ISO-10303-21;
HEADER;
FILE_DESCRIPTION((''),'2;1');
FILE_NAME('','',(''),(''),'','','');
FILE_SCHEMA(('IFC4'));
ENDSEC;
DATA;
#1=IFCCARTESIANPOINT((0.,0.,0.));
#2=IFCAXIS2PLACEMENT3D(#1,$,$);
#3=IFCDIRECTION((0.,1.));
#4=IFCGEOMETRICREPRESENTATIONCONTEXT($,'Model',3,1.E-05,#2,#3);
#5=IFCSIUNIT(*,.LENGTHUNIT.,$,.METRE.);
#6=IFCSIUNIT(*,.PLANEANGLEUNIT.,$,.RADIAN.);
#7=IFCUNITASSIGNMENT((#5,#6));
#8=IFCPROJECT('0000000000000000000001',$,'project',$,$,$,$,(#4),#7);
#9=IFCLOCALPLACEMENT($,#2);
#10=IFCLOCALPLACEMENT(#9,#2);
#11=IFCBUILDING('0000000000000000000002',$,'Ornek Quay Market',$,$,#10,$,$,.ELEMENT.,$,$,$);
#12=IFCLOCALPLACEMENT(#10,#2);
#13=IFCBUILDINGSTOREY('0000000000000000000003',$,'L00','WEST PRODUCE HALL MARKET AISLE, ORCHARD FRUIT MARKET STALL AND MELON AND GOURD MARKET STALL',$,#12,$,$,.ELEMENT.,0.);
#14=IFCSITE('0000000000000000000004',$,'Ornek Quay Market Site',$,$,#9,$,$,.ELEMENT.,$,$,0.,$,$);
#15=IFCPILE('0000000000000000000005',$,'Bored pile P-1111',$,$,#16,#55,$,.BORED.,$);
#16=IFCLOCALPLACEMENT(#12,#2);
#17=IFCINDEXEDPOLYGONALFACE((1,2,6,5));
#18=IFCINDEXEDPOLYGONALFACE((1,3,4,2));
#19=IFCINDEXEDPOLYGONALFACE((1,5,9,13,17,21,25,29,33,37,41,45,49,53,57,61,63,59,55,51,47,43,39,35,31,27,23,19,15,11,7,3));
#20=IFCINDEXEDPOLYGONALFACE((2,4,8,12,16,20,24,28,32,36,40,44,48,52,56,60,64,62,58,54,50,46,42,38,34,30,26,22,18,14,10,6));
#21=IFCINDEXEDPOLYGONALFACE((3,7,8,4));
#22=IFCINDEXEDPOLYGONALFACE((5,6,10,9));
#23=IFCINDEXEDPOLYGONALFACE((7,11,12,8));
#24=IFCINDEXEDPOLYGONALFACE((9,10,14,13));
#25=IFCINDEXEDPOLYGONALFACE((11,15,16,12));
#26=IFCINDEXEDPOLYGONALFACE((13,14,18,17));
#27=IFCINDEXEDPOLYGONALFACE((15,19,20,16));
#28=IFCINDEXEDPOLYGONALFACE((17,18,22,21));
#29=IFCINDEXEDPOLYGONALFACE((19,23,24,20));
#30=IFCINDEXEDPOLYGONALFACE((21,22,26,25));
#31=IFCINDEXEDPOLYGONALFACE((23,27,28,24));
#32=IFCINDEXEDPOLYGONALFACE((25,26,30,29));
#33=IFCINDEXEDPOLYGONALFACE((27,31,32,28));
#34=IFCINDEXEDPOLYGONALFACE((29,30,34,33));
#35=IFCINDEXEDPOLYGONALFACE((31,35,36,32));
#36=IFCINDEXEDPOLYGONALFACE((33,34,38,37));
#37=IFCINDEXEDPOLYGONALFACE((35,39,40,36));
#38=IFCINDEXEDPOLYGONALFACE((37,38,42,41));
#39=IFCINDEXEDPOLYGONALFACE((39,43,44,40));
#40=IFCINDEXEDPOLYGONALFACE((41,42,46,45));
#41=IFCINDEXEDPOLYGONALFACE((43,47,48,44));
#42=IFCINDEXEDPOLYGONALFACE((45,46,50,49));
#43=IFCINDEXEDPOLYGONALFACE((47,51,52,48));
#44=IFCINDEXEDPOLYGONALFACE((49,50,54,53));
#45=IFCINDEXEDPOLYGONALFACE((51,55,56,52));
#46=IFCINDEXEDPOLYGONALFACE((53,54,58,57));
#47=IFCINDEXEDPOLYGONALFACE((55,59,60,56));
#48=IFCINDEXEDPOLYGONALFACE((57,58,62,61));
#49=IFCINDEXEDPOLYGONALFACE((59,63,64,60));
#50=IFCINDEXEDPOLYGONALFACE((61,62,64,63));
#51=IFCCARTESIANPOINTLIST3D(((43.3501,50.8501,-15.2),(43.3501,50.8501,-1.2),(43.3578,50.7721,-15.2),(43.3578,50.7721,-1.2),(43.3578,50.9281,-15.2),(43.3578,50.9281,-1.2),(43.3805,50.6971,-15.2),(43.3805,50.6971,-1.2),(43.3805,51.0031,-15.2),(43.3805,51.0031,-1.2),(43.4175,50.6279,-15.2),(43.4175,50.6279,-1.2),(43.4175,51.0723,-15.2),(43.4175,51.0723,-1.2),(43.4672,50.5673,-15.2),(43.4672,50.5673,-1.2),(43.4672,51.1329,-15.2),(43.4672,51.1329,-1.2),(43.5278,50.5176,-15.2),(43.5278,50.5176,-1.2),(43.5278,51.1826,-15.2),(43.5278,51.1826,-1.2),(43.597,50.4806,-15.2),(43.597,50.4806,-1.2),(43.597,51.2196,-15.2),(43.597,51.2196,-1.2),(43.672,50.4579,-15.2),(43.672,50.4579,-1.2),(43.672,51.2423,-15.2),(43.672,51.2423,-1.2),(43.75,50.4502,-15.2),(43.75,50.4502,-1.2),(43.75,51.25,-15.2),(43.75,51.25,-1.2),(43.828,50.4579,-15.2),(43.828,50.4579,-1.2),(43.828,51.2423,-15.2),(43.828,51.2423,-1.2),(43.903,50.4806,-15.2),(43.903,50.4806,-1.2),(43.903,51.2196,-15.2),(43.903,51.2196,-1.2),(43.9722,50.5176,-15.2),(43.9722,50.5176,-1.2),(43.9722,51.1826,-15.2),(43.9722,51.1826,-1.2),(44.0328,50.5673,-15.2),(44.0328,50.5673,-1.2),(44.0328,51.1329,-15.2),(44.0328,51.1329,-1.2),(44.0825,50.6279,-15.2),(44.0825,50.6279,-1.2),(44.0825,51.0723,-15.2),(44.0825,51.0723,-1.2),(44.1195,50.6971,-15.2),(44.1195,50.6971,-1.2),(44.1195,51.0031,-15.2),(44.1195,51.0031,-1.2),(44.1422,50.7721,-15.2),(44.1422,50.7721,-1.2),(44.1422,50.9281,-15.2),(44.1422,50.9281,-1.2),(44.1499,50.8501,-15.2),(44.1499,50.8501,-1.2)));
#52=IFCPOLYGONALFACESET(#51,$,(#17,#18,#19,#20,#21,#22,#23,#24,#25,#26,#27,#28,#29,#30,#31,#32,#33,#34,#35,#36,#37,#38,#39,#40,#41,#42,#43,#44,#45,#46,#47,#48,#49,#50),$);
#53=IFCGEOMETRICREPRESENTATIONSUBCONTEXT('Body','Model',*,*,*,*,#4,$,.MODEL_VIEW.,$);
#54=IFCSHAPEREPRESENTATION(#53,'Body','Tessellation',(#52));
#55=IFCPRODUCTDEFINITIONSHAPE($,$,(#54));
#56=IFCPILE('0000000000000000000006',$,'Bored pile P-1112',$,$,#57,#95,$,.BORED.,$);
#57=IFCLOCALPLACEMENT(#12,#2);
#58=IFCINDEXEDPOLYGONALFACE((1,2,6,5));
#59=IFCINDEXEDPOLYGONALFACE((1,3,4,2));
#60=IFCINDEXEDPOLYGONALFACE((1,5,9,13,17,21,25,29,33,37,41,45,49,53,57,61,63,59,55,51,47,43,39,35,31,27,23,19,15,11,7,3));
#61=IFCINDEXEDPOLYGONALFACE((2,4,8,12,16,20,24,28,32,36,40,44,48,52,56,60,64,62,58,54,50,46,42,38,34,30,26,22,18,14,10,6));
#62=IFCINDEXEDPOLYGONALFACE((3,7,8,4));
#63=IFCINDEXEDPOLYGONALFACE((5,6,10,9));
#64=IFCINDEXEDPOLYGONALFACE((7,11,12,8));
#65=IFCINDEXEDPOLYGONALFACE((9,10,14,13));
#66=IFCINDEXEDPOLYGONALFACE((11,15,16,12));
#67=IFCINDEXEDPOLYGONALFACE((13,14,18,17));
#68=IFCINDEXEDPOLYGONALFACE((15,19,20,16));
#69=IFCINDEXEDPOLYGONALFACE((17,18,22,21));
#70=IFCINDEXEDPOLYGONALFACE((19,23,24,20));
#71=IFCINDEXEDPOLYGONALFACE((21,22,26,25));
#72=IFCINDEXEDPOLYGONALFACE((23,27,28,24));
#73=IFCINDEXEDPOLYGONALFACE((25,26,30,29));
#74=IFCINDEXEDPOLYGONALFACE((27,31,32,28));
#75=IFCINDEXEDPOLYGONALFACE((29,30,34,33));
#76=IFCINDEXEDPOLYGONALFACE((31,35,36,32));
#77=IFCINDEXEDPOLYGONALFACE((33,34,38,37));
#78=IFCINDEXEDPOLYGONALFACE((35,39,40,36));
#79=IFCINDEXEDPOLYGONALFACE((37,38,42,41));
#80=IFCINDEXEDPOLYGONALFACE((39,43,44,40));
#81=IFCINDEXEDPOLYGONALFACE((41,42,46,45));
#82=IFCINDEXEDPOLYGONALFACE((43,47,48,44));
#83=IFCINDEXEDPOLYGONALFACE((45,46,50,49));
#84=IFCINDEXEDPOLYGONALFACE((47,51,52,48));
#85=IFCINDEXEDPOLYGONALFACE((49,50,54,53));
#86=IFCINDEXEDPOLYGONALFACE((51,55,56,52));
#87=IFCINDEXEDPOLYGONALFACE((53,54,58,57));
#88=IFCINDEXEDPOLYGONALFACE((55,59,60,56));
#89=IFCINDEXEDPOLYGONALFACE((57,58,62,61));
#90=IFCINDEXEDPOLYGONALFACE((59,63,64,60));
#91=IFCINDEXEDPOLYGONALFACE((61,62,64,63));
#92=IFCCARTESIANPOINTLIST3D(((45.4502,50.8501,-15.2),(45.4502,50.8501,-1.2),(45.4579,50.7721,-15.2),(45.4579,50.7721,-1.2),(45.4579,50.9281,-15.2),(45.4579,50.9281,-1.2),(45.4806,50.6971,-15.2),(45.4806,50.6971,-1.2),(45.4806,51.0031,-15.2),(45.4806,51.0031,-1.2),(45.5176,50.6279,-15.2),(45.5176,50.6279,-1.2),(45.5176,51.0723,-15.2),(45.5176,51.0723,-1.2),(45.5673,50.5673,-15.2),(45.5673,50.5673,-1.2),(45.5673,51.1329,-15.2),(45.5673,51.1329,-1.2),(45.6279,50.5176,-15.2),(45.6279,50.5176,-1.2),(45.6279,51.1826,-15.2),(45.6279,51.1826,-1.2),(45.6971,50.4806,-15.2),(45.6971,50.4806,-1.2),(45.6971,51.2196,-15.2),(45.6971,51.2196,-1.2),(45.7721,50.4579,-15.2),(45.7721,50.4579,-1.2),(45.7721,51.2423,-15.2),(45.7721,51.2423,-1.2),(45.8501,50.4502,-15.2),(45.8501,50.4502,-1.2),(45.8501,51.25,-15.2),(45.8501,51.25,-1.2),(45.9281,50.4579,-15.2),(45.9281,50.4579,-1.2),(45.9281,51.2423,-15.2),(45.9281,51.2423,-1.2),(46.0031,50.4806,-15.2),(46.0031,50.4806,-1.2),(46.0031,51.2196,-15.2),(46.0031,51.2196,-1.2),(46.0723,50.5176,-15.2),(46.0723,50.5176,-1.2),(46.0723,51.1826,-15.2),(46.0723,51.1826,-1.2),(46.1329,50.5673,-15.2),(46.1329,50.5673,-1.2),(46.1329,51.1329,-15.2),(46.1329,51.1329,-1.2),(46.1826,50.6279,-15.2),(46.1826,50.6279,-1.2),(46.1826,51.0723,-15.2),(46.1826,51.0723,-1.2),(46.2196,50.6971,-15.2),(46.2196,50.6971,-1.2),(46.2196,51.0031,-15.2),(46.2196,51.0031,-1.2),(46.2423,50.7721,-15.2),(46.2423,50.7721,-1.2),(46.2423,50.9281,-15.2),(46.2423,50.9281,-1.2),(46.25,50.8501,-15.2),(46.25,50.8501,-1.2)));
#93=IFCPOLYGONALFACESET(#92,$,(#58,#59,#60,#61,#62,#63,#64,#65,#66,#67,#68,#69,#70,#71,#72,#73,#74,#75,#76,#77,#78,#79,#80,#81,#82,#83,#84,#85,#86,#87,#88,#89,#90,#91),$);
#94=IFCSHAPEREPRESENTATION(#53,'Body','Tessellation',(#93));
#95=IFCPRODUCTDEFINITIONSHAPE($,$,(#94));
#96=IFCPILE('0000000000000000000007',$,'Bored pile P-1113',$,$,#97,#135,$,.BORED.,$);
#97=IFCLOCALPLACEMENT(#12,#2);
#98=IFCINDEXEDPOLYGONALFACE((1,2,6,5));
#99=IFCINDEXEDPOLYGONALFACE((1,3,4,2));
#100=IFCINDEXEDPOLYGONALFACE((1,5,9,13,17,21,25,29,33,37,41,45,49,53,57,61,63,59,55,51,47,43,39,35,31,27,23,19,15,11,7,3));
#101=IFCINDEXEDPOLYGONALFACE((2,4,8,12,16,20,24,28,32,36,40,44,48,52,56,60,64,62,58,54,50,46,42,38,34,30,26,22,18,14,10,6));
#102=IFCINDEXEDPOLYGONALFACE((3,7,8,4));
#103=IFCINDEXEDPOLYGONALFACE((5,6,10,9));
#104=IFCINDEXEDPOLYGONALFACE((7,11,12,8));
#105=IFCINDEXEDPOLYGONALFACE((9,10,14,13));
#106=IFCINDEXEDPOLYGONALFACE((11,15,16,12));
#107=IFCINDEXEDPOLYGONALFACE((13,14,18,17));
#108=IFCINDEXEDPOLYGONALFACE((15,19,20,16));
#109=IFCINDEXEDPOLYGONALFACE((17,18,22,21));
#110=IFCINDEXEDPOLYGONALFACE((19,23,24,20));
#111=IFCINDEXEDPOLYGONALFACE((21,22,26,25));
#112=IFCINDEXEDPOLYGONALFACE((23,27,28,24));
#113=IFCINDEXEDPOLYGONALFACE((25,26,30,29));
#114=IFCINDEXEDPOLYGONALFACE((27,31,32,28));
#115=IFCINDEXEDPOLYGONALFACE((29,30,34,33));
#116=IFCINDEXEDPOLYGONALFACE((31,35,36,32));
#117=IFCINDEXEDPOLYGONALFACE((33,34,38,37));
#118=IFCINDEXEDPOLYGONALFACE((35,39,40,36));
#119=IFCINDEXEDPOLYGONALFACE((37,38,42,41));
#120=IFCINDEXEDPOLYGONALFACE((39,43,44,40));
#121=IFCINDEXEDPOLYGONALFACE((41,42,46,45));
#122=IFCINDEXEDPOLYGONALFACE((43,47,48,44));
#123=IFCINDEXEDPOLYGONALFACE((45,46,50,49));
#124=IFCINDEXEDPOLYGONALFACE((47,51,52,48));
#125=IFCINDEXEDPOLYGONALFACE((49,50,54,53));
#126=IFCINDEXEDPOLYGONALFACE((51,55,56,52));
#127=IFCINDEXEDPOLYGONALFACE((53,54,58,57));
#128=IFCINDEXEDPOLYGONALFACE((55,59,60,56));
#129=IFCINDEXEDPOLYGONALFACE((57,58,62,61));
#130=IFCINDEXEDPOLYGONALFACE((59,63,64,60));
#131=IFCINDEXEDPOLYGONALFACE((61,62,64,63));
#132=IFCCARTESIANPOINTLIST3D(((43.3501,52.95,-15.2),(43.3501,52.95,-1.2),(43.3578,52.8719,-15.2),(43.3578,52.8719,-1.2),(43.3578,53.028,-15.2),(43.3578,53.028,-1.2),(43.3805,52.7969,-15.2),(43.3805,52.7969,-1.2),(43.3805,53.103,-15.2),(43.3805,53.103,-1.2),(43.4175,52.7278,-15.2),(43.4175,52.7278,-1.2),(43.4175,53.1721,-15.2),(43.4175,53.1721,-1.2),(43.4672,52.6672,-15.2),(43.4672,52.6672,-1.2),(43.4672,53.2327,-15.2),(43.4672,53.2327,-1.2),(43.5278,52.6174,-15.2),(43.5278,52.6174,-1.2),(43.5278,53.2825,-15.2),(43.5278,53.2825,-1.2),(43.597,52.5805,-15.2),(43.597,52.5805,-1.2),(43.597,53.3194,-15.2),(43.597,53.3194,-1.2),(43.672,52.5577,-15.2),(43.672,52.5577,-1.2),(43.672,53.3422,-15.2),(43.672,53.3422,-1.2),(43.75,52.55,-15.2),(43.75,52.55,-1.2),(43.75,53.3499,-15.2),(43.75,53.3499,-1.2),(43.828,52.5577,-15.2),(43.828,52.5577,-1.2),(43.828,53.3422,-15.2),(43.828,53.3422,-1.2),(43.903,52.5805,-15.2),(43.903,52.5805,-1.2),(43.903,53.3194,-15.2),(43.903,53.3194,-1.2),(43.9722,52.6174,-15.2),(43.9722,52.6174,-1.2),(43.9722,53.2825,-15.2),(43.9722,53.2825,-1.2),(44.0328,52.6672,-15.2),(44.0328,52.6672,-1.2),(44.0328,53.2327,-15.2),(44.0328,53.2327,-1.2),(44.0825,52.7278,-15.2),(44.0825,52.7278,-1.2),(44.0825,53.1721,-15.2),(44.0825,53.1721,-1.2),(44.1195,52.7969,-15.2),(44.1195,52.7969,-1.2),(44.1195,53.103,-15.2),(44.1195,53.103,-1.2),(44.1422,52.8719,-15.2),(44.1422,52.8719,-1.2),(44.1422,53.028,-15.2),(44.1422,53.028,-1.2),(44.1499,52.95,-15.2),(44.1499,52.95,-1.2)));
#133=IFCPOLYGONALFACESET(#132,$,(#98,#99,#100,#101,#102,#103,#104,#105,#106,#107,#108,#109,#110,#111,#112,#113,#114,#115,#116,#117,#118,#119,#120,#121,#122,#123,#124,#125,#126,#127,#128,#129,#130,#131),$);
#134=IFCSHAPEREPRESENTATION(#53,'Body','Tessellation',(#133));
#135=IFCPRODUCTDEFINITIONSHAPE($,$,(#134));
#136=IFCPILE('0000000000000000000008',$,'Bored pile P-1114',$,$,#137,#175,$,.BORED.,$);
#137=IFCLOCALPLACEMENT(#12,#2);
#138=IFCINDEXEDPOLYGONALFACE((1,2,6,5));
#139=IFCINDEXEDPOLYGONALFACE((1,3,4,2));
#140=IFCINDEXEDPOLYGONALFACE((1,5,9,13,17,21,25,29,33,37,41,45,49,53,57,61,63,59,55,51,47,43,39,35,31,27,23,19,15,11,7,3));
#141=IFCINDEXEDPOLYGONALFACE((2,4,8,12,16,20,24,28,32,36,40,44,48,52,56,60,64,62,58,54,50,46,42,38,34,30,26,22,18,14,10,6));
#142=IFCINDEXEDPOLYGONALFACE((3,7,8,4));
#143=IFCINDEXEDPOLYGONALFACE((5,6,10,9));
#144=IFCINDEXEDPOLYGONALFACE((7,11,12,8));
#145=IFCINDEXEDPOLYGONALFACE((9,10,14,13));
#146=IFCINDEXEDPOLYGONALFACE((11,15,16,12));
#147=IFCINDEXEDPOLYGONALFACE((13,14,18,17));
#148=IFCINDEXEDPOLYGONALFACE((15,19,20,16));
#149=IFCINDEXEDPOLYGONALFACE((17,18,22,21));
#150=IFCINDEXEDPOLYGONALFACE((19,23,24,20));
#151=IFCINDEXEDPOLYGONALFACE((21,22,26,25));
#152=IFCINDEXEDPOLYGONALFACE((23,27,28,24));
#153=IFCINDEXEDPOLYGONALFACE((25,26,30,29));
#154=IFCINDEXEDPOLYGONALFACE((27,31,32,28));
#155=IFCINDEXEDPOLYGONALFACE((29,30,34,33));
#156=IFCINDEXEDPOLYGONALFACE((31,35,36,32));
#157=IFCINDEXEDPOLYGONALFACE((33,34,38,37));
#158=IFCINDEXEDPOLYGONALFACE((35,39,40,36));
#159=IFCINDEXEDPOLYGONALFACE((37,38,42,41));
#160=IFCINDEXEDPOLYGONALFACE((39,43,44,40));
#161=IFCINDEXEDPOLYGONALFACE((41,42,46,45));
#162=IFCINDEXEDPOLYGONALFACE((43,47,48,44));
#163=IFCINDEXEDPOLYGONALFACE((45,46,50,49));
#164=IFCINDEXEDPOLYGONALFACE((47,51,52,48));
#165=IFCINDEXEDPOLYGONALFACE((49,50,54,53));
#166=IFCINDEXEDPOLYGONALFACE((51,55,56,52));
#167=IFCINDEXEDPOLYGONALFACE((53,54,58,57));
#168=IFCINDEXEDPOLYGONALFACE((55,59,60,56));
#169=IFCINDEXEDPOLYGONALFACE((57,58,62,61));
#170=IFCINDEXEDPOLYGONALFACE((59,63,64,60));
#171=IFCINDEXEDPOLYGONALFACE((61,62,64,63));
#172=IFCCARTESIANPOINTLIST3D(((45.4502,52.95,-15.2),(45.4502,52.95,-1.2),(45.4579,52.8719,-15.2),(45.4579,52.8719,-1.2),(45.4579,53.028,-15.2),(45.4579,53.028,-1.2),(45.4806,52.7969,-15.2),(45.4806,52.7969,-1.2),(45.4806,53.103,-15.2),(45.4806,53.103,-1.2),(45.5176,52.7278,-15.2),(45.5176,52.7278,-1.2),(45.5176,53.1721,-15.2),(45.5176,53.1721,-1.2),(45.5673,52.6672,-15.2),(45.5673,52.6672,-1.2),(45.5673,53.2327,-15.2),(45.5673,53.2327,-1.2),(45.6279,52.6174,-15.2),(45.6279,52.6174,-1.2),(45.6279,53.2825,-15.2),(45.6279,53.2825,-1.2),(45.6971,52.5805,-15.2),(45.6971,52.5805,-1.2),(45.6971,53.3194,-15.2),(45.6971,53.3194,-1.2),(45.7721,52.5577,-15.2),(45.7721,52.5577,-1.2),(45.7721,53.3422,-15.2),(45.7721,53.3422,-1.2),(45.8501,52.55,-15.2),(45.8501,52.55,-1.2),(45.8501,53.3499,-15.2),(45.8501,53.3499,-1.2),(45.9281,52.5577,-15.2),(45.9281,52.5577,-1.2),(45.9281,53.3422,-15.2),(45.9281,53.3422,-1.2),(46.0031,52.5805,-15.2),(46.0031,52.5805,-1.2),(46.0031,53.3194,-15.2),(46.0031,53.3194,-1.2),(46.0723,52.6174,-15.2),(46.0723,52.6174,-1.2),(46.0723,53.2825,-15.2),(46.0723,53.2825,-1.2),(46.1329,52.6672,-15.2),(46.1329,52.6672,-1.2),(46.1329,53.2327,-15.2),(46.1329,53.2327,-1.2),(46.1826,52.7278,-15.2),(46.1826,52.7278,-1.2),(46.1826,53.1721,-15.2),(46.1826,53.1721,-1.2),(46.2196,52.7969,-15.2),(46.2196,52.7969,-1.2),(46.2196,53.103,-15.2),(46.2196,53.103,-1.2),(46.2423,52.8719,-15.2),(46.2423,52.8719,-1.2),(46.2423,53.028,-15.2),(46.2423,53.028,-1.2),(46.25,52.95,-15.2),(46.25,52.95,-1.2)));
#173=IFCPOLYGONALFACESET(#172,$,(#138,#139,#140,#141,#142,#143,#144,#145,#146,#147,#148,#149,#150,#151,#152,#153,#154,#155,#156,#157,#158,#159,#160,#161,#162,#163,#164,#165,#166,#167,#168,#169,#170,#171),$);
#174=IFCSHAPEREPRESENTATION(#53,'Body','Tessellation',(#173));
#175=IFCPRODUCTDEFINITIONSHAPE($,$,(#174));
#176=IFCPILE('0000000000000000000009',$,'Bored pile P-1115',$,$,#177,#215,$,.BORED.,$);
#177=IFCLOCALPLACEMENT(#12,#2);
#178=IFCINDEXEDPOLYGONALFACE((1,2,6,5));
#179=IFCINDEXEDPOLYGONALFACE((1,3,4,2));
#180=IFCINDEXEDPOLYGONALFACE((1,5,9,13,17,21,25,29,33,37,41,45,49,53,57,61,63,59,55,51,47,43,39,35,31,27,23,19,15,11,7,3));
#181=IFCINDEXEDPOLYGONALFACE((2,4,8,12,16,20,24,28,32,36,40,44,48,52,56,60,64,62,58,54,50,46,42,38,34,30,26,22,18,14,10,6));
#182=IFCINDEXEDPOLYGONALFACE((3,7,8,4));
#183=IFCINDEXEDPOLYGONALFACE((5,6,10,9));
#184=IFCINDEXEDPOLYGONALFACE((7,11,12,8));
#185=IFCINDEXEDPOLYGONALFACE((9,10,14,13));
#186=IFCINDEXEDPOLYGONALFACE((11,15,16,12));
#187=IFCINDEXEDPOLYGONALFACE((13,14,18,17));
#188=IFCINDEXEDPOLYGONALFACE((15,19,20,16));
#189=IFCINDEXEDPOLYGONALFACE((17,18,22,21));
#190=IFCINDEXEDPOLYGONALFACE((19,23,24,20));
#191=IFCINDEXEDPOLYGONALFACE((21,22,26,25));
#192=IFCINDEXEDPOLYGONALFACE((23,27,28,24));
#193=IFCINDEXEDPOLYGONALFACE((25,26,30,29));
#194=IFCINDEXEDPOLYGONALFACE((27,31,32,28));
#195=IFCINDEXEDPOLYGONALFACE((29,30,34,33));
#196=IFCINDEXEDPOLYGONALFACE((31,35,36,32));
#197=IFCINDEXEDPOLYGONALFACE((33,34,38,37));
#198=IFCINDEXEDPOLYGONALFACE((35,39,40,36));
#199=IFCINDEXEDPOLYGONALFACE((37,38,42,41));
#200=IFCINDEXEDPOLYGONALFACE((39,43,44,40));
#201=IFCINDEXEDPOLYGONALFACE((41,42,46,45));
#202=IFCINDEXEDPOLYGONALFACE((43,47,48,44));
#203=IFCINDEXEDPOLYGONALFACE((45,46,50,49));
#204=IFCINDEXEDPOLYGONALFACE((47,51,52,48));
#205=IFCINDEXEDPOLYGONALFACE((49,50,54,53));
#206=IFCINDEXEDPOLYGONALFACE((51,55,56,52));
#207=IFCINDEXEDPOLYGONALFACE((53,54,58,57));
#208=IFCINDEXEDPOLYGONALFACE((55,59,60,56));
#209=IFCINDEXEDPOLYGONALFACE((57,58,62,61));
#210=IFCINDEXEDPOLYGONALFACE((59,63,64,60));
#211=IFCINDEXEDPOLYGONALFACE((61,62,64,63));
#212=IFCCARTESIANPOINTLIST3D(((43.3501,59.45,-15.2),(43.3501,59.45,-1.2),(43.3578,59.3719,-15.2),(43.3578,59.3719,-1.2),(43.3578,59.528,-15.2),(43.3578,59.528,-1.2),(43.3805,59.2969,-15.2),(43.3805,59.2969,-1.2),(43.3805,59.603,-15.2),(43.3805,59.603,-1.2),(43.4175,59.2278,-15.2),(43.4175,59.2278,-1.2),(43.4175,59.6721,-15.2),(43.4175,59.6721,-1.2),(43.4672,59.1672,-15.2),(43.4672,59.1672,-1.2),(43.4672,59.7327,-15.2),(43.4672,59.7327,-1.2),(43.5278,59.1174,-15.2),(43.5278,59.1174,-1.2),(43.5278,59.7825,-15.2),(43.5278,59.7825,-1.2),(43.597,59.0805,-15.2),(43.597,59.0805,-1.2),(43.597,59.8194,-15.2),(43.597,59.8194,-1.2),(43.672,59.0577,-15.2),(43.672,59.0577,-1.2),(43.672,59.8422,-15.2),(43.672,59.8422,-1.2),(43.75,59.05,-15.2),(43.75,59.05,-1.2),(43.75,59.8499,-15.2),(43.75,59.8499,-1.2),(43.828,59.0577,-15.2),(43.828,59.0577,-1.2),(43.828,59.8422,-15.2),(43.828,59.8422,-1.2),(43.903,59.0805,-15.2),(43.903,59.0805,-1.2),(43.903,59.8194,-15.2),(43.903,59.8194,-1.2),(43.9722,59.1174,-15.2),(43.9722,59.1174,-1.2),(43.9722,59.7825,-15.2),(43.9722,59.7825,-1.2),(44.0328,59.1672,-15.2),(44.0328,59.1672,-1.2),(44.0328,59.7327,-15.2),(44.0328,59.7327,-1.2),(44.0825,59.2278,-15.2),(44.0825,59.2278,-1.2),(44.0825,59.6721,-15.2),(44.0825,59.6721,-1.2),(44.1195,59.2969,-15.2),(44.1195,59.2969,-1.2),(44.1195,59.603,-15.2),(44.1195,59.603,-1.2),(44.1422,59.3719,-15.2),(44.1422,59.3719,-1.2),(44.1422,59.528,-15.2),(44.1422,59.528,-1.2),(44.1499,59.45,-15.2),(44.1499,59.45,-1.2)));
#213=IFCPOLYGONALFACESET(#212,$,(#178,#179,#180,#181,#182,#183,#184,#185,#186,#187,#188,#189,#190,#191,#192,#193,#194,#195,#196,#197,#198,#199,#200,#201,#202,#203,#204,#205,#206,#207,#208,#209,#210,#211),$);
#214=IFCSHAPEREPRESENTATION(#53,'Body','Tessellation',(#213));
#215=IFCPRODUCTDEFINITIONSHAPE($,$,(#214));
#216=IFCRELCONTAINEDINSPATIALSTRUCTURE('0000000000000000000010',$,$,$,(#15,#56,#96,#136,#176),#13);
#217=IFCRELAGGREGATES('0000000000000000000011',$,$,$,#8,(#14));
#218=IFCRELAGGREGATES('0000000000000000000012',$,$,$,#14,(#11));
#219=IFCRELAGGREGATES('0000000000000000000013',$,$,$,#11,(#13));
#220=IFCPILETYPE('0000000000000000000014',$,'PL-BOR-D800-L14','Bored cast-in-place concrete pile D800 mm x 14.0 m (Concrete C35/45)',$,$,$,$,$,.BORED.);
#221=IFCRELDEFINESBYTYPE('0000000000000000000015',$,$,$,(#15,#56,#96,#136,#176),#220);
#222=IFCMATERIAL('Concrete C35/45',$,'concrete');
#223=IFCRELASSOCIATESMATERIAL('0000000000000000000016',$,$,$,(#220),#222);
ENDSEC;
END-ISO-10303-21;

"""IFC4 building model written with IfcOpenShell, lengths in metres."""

from ifc_helpers import new_model, si_unit, direction, frame, origin, origin_2d, place, context, subcontext, project, spatial, circle, extrude, material, material_profile, profile_set, type_object, element, save


model = new_model("IFC4")

# Units and contexts
model_context = context("Model", 3, precision=1e-05, world=origin(), true_north=direction((0.0, 1.0)))
body_context = subcontext(model_context, "Body", "Model", "MODEL_VIEW")
ifc_project = project(units=[si_unit("LENGTHUNIT", "METRE"), si_unit("PLANEANGLEUNIT", "RADIAN")], contexts=[model_context])

# Site, building, storey
site_placement = place(None, origin())
site = spatial("IfcSite", under=ifc_project, at=site_placement, Name="Ornek Quay Market Site", CompositionType="ELEMENT", RefElevation=0.0)
building_placement = place(site_placement, origin())
building = spatial("IfcBuilding", under=site, at=building_placement, Name="Ornek Quay Market", CompositionType="ELEMENT")
storey_placement = place(building_placement, origin())
storey = spatial("IfcBuildingStorey", under=building, at=storey_placement, Name="L00", Description="WEST PRODUCE HALL MARKET AISLE, ORCHARD FRUIT MARKET STALL AND MELON AND GOURD MARKET STALL", CompositionType="ELEMENT", Elevation=0.0)

# Piles
ifc_material_1 = material(Name="Concrete C35/45", Category="concrete")
ifc_material_profile_1 = material_profile(ifc_material_1, circle(Radius=0.3999, at=origin_2d()), Name="PILE D800", Category="concrete")
ifc_profile_set_1 = profile_set([ifc_material_profile_1], Name="Concrete C35/45")
pile_type = type_object("IfcPileType", Name="PL-BOR-D800-L14", Description="Bored cast-in-place concrete pile D800 mm x 14.0 m (Concrete C35/45)", PredefinedType="BORED", material=ifc_profile_set_1)
for number, where, z_axis, x_axis, name in (
    (1, (43.75, 50.8501, -1.2), (0.0, 0.0, -1.0), (1.0, 0.0, 0.0), "Bored pile P-1111"),
    (2, (45.8501, 50.8501, -1.2), (0.0, 0.0, -1.0), (1.0, 0.0, 0.0), "Bored pile P-1112"),
    (3, (43.75, 52.95, -1.2), (0.0, 0.0, -1.0), (1.0, 0.0, 0.0), "Bored pile P-1113"),
    (4, (45.8501, 52.95, -1.2), (0.0, 0.0, -1.0), (1.0, 0.0, 0.0), "Bored pile P-1114"),
    (5, (43.75, 59.45, -1.2), (0.0, 0.0, -1.0), (1.0, 0.0, 0.0), "Bored pile P-1115"),
):
    element("IfcPile", number, at=place(storey_placement, frame(where, z_axis=z_axis, x_axis=x_axis)), inside=storey, type_object=pile_type, Name=name, PredefinedType="BORED", context=body_context, shape_type="SweptSolid", body=[
        extrude(circle(Radius=0.3999, at=origin_2d()), origin(), (0.0, 0.0, 1.0), 14.0),
    ])

save(model, "model.ifc")
